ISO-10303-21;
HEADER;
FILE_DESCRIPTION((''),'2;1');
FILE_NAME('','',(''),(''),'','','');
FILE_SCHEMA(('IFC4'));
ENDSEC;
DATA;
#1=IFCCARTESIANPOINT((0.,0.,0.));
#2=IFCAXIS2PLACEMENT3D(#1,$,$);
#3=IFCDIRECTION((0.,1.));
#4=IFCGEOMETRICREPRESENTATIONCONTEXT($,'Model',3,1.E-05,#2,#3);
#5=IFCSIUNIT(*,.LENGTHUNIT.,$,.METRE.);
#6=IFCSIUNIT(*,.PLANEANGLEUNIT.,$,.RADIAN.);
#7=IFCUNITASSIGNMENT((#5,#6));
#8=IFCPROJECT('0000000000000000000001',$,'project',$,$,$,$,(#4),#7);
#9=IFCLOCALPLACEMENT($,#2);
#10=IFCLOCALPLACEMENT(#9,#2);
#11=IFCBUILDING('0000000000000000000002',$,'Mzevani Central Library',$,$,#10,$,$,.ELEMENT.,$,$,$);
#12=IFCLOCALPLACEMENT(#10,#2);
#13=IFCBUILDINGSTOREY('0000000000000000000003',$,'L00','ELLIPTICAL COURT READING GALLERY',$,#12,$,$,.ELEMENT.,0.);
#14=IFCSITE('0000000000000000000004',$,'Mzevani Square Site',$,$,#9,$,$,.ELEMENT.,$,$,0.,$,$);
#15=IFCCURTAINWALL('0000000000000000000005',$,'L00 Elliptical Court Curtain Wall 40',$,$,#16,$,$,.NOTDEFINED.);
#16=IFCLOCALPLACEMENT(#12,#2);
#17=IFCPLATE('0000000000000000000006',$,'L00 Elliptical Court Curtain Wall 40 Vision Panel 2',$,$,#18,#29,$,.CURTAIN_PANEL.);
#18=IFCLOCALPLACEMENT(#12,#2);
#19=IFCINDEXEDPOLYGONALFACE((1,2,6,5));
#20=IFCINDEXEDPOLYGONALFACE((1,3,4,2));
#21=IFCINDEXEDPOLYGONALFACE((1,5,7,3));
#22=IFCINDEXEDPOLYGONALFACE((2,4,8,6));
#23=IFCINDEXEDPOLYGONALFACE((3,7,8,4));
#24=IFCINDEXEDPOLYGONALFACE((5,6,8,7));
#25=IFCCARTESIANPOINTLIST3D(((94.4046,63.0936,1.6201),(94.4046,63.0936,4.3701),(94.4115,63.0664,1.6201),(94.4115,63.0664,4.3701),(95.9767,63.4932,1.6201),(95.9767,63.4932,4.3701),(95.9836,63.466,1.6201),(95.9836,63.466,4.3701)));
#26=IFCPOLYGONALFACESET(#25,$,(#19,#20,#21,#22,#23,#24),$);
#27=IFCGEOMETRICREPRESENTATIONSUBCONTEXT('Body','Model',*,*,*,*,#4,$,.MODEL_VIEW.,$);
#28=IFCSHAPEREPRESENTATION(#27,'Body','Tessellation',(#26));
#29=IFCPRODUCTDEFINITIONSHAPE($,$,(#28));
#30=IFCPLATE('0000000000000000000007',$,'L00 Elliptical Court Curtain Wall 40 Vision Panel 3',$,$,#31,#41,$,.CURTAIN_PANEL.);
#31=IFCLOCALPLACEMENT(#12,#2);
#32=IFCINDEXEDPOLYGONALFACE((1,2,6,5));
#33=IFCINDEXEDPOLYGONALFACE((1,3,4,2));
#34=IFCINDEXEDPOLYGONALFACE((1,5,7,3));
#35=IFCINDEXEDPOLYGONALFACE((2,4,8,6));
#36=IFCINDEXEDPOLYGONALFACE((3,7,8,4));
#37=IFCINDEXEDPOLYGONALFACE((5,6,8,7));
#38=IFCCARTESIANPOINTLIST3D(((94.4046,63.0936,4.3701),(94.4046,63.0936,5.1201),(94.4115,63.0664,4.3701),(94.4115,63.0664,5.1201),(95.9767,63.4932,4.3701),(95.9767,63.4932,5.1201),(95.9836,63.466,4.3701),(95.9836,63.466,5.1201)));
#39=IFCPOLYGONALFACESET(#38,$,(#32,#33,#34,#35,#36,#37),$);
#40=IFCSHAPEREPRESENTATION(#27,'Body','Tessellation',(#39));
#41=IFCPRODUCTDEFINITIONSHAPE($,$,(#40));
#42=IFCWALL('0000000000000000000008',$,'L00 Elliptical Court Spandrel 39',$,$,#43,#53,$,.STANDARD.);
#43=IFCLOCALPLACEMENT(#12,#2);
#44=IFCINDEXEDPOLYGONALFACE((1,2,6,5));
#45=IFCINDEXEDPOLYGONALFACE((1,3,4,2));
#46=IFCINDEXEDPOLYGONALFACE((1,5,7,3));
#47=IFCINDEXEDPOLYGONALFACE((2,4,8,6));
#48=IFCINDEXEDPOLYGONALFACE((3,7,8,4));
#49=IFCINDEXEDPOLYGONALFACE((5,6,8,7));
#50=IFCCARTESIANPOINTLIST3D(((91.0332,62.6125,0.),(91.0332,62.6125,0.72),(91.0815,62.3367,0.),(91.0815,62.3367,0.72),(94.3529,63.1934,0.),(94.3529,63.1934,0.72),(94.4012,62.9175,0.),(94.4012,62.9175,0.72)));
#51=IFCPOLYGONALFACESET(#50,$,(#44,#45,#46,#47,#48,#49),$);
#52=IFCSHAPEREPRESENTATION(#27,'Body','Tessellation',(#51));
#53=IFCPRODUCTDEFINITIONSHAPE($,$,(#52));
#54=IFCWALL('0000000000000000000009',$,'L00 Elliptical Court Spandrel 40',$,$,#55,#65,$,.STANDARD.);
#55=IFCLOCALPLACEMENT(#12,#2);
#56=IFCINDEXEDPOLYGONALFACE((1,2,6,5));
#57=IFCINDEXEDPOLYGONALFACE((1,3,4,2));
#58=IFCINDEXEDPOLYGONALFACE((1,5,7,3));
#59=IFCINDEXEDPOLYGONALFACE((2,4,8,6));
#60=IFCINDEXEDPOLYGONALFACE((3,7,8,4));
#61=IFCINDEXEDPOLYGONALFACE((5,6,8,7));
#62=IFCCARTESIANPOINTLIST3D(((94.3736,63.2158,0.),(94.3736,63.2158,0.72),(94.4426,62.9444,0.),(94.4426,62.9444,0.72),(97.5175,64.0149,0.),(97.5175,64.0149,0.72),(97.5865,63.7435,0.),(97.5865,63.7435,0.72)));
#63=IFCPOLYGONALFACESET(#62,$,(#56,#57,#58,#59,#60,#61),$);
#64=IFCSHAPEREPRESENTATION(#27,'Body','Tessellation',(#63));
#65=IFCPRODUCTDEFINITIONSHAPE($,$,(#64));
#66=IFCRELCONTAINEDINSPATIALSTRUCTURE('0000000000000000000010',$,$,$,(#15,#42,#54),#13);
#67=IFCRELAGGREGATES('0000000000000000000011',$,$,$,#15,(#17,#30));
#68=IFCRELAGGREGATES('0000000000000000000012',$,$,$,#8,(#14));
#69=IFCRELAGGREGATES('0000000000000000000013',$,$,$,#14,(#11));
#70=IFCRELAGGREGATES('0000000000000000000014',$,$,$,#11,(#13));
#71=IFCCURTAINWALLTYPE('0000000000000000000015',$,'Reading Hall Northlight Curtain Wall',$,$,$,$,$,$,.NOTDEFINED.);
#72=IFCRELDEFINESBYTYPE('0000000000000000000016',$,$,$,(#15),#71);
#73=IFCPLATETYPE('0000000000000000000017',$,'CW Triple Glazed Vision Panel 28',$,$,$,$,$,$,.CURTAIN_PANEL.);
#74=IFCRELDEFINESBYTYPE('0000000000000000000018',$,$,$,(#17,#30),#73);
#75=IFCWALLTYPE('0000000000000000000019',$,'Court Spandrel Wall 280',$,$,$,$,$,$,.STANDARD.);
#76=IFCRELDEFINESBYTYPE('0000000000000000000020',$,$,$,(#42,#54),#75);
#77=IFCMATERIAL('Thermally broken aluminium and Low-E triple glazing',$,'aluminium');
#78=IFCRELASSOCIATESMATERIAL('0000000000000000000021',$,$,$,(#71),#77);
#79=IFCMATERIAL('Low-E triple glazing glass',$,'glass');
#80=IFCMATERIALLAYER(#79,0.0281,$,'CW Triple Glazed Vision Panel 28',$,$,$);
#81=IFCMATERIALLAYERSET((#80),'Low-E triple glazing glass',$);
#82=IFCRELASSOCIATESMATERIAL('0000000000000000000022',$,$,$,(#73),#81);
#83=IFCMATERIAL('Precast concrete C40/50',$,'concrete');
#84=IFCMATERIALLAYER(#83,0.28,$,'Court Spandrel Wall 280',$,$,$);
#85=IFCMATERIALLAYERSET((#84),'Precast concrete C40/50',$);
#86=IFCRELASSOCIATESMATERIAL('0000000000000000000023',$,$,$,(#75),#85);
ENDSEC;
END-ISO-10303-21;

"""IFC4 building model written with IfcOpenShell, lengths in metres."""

from ifc_helpers import new_model, si_unit, direction, frame, frame_2d, origin, origin_2d, place, context, subcontext, project, spatial, rectangle, extrude, material, layer, layer_set, type_object, element, aggregate, save


model = new_model("IFC4")

# Units and contexts
model_context = context("Model", 3, precision=1e-05, world=origin(), true_north=direction((0.0, 1.0)))
body_context = subcontext(model_context, "Body", "Model", "MODEL_VIEW")
ifc_project = project(units=[si_unit("LENGTHUNIT", "METRE"), si_unit("PLANEANGLEUNIT", "RADIAN")], contexts=[model_context])

# Site, building, storey
site_placement = place(None, origin())
site = spatial("IfcSite", under=ifc_project, at=site_placement, Name="Mzevani Square Site", CompositionType="ELEMENT", RefElevation=0.0)
building_placement = place(site_placement, origin())
building = spatial("IfcBuilding", under=site, at=building_placement, Name="Mzevani Central Library", CompositionType="ELEMENT")
storey_placement = place(building_placement, origin())
storey = spatial("IfcBuildingStorey", under=building, at=storey_placement, Name="L00", Description="ELLIPTICAL COURT READING GALLERY", CompositionType="ELEMENT", Elevation=0.0)

# Shared definitions
ifc_material_1 = material(Name="Thermally broken aluminium and Low-E triple glazing", Category="aluminium")

# Curtain wall
curtain_wall_type_1 = type_object("IfcCurtainWallType", Name="Reading Hall Northlight Curtain Wall", PredefinedType="NOTDEFINED", material=ifc_material_1)
curtain_wall_1_placement = place(storey_placement, origin())
curtain_wall_1 = element("IfcCurtainWall", 1, at=curtain_wall_1_placement, inside=storey, type_object=curtain_wall_type_1, Name="L00 Elliptical Court Curtain Wall 40", PredefinedType="NOTDEFINED")

# Plates
ifc_material_2 = material(Name="Low-E triple glazing glass", Category="glass")
ifc_layer_1 = layer(ifc_material_2, 0.0281, Name="CW Triple Glazed Vision Panel 28")
ifc_layer_set_1 = layer_set([ifc_layer_1], Name="Low-E triple glazing glass")
plate_type_1 = type_object("IfcPlateType", Name="CW Triple Glazed Vision Panel 28", PredefinedType="CURTAIN_PANEL", material=ifc_layer_set_1)
plate_1_placement = place(storey_placement, frame((95.1941, 63.2798, 1.6201), z_axis=(0.0, 0.0, 1.0), x_axis=(0.969187, 0.246328, 0.0)))
plate_1 = element("IfcPlate", 2, at=plate_1_placement, type_object=plate_type_1, Name="L00 Elliptical Court Curtain Wall 40 Vision Panel 2", PredefinedType="CURTAIN_PANEL", context=body_context, shape_type="SweptSolid", body=[
    extrude(rectangle(XDim=1.6221, YDim=0.0281, at=origin_2d()), origin(), (0.0, 0.0, 1.0), 2.75),
])
plate_2_placement = place(storey_placement, frame((95.1941, 63.2798, 4.3701), z_axis=(0.0, 0.0, 1.0), x_axis=(0.969187, 0.246328, 0.0)))
plate_2 = element("IfcPlate", 3, at=plate_2_placement, type_object=plate_type_1, Name="L00 Elliptical Court Curtain Wall 40 Vision Panel 3", PredefinedType="CURTAIN_PANEL", context=body_context, shape_type="SweptSolid", body=[
    extrude(rectangle(XDim=1.6221, YDim=0.0281, at=origin_2d()), origin(), (0.0, 0.0, 1.0), 0.75),
])
aggregate(curtain_wall_1, [plate_1, plate_2])

# Walls
ifc_material_3 = material(Name="Precast concrete C40/50", Category="concrete")
ifc_layer_2 = layer(ifc_material_3, 0.28, Name="Court Spandrel Wall 280")
ifc_layer_set_2 = layer_set([ifc_layer_2], Name="Precast concrete C40/50")
wall_type = type_object("IfcWallType", Name="Court Spandrel Wall 280", PredefinedType="STANDARD", material=ifc_layer_set_2)
wall_1_placement = place(storey_placement, frame((91.0574, 62.4746, 0.0), z_axis=(0.0, 0.0, 1.0), x_axis=(0.985036, 0.172347, 0.0)))
element("IfcWall", 4, at=wall_1_placement, inside=storey, type_object=wall_type, Name="L00 Elliptical Court Spandrel 39", PredefinedType="STANDARD", context=body_context, shape_type="SweptSolid", body=[
    extrude(rectangle(XDim=3.3701, YDim=0.28, at=frame_2d((1.6851, 0.0))), origin(), (0.0, 0.0, 1.0), 0.72),
])
wall_2_placement = place(storey_placement, frame((94.408, 63.0801, 0.0), z_axis=(0.0, 0.0, 1.0), x_axis=(0.969188, 0.246323, 0.0)))
element("IfcWall", 5, at=wall_2_placement, inside=storey, type_object=wall_type, Name="L00 Elliptical Court Spandrel 40", PredefinedType="STANDARD", context=body_context, shape_type="SweptSolid", body=[
    extrude(rectangle(XDim=3.2439, YDim=0.28, at=frame_2d((1.6221, 0.0))), origin(), (0.0, 0.0, 1.0), 0.72),
])

save(model, "model.ifc")
